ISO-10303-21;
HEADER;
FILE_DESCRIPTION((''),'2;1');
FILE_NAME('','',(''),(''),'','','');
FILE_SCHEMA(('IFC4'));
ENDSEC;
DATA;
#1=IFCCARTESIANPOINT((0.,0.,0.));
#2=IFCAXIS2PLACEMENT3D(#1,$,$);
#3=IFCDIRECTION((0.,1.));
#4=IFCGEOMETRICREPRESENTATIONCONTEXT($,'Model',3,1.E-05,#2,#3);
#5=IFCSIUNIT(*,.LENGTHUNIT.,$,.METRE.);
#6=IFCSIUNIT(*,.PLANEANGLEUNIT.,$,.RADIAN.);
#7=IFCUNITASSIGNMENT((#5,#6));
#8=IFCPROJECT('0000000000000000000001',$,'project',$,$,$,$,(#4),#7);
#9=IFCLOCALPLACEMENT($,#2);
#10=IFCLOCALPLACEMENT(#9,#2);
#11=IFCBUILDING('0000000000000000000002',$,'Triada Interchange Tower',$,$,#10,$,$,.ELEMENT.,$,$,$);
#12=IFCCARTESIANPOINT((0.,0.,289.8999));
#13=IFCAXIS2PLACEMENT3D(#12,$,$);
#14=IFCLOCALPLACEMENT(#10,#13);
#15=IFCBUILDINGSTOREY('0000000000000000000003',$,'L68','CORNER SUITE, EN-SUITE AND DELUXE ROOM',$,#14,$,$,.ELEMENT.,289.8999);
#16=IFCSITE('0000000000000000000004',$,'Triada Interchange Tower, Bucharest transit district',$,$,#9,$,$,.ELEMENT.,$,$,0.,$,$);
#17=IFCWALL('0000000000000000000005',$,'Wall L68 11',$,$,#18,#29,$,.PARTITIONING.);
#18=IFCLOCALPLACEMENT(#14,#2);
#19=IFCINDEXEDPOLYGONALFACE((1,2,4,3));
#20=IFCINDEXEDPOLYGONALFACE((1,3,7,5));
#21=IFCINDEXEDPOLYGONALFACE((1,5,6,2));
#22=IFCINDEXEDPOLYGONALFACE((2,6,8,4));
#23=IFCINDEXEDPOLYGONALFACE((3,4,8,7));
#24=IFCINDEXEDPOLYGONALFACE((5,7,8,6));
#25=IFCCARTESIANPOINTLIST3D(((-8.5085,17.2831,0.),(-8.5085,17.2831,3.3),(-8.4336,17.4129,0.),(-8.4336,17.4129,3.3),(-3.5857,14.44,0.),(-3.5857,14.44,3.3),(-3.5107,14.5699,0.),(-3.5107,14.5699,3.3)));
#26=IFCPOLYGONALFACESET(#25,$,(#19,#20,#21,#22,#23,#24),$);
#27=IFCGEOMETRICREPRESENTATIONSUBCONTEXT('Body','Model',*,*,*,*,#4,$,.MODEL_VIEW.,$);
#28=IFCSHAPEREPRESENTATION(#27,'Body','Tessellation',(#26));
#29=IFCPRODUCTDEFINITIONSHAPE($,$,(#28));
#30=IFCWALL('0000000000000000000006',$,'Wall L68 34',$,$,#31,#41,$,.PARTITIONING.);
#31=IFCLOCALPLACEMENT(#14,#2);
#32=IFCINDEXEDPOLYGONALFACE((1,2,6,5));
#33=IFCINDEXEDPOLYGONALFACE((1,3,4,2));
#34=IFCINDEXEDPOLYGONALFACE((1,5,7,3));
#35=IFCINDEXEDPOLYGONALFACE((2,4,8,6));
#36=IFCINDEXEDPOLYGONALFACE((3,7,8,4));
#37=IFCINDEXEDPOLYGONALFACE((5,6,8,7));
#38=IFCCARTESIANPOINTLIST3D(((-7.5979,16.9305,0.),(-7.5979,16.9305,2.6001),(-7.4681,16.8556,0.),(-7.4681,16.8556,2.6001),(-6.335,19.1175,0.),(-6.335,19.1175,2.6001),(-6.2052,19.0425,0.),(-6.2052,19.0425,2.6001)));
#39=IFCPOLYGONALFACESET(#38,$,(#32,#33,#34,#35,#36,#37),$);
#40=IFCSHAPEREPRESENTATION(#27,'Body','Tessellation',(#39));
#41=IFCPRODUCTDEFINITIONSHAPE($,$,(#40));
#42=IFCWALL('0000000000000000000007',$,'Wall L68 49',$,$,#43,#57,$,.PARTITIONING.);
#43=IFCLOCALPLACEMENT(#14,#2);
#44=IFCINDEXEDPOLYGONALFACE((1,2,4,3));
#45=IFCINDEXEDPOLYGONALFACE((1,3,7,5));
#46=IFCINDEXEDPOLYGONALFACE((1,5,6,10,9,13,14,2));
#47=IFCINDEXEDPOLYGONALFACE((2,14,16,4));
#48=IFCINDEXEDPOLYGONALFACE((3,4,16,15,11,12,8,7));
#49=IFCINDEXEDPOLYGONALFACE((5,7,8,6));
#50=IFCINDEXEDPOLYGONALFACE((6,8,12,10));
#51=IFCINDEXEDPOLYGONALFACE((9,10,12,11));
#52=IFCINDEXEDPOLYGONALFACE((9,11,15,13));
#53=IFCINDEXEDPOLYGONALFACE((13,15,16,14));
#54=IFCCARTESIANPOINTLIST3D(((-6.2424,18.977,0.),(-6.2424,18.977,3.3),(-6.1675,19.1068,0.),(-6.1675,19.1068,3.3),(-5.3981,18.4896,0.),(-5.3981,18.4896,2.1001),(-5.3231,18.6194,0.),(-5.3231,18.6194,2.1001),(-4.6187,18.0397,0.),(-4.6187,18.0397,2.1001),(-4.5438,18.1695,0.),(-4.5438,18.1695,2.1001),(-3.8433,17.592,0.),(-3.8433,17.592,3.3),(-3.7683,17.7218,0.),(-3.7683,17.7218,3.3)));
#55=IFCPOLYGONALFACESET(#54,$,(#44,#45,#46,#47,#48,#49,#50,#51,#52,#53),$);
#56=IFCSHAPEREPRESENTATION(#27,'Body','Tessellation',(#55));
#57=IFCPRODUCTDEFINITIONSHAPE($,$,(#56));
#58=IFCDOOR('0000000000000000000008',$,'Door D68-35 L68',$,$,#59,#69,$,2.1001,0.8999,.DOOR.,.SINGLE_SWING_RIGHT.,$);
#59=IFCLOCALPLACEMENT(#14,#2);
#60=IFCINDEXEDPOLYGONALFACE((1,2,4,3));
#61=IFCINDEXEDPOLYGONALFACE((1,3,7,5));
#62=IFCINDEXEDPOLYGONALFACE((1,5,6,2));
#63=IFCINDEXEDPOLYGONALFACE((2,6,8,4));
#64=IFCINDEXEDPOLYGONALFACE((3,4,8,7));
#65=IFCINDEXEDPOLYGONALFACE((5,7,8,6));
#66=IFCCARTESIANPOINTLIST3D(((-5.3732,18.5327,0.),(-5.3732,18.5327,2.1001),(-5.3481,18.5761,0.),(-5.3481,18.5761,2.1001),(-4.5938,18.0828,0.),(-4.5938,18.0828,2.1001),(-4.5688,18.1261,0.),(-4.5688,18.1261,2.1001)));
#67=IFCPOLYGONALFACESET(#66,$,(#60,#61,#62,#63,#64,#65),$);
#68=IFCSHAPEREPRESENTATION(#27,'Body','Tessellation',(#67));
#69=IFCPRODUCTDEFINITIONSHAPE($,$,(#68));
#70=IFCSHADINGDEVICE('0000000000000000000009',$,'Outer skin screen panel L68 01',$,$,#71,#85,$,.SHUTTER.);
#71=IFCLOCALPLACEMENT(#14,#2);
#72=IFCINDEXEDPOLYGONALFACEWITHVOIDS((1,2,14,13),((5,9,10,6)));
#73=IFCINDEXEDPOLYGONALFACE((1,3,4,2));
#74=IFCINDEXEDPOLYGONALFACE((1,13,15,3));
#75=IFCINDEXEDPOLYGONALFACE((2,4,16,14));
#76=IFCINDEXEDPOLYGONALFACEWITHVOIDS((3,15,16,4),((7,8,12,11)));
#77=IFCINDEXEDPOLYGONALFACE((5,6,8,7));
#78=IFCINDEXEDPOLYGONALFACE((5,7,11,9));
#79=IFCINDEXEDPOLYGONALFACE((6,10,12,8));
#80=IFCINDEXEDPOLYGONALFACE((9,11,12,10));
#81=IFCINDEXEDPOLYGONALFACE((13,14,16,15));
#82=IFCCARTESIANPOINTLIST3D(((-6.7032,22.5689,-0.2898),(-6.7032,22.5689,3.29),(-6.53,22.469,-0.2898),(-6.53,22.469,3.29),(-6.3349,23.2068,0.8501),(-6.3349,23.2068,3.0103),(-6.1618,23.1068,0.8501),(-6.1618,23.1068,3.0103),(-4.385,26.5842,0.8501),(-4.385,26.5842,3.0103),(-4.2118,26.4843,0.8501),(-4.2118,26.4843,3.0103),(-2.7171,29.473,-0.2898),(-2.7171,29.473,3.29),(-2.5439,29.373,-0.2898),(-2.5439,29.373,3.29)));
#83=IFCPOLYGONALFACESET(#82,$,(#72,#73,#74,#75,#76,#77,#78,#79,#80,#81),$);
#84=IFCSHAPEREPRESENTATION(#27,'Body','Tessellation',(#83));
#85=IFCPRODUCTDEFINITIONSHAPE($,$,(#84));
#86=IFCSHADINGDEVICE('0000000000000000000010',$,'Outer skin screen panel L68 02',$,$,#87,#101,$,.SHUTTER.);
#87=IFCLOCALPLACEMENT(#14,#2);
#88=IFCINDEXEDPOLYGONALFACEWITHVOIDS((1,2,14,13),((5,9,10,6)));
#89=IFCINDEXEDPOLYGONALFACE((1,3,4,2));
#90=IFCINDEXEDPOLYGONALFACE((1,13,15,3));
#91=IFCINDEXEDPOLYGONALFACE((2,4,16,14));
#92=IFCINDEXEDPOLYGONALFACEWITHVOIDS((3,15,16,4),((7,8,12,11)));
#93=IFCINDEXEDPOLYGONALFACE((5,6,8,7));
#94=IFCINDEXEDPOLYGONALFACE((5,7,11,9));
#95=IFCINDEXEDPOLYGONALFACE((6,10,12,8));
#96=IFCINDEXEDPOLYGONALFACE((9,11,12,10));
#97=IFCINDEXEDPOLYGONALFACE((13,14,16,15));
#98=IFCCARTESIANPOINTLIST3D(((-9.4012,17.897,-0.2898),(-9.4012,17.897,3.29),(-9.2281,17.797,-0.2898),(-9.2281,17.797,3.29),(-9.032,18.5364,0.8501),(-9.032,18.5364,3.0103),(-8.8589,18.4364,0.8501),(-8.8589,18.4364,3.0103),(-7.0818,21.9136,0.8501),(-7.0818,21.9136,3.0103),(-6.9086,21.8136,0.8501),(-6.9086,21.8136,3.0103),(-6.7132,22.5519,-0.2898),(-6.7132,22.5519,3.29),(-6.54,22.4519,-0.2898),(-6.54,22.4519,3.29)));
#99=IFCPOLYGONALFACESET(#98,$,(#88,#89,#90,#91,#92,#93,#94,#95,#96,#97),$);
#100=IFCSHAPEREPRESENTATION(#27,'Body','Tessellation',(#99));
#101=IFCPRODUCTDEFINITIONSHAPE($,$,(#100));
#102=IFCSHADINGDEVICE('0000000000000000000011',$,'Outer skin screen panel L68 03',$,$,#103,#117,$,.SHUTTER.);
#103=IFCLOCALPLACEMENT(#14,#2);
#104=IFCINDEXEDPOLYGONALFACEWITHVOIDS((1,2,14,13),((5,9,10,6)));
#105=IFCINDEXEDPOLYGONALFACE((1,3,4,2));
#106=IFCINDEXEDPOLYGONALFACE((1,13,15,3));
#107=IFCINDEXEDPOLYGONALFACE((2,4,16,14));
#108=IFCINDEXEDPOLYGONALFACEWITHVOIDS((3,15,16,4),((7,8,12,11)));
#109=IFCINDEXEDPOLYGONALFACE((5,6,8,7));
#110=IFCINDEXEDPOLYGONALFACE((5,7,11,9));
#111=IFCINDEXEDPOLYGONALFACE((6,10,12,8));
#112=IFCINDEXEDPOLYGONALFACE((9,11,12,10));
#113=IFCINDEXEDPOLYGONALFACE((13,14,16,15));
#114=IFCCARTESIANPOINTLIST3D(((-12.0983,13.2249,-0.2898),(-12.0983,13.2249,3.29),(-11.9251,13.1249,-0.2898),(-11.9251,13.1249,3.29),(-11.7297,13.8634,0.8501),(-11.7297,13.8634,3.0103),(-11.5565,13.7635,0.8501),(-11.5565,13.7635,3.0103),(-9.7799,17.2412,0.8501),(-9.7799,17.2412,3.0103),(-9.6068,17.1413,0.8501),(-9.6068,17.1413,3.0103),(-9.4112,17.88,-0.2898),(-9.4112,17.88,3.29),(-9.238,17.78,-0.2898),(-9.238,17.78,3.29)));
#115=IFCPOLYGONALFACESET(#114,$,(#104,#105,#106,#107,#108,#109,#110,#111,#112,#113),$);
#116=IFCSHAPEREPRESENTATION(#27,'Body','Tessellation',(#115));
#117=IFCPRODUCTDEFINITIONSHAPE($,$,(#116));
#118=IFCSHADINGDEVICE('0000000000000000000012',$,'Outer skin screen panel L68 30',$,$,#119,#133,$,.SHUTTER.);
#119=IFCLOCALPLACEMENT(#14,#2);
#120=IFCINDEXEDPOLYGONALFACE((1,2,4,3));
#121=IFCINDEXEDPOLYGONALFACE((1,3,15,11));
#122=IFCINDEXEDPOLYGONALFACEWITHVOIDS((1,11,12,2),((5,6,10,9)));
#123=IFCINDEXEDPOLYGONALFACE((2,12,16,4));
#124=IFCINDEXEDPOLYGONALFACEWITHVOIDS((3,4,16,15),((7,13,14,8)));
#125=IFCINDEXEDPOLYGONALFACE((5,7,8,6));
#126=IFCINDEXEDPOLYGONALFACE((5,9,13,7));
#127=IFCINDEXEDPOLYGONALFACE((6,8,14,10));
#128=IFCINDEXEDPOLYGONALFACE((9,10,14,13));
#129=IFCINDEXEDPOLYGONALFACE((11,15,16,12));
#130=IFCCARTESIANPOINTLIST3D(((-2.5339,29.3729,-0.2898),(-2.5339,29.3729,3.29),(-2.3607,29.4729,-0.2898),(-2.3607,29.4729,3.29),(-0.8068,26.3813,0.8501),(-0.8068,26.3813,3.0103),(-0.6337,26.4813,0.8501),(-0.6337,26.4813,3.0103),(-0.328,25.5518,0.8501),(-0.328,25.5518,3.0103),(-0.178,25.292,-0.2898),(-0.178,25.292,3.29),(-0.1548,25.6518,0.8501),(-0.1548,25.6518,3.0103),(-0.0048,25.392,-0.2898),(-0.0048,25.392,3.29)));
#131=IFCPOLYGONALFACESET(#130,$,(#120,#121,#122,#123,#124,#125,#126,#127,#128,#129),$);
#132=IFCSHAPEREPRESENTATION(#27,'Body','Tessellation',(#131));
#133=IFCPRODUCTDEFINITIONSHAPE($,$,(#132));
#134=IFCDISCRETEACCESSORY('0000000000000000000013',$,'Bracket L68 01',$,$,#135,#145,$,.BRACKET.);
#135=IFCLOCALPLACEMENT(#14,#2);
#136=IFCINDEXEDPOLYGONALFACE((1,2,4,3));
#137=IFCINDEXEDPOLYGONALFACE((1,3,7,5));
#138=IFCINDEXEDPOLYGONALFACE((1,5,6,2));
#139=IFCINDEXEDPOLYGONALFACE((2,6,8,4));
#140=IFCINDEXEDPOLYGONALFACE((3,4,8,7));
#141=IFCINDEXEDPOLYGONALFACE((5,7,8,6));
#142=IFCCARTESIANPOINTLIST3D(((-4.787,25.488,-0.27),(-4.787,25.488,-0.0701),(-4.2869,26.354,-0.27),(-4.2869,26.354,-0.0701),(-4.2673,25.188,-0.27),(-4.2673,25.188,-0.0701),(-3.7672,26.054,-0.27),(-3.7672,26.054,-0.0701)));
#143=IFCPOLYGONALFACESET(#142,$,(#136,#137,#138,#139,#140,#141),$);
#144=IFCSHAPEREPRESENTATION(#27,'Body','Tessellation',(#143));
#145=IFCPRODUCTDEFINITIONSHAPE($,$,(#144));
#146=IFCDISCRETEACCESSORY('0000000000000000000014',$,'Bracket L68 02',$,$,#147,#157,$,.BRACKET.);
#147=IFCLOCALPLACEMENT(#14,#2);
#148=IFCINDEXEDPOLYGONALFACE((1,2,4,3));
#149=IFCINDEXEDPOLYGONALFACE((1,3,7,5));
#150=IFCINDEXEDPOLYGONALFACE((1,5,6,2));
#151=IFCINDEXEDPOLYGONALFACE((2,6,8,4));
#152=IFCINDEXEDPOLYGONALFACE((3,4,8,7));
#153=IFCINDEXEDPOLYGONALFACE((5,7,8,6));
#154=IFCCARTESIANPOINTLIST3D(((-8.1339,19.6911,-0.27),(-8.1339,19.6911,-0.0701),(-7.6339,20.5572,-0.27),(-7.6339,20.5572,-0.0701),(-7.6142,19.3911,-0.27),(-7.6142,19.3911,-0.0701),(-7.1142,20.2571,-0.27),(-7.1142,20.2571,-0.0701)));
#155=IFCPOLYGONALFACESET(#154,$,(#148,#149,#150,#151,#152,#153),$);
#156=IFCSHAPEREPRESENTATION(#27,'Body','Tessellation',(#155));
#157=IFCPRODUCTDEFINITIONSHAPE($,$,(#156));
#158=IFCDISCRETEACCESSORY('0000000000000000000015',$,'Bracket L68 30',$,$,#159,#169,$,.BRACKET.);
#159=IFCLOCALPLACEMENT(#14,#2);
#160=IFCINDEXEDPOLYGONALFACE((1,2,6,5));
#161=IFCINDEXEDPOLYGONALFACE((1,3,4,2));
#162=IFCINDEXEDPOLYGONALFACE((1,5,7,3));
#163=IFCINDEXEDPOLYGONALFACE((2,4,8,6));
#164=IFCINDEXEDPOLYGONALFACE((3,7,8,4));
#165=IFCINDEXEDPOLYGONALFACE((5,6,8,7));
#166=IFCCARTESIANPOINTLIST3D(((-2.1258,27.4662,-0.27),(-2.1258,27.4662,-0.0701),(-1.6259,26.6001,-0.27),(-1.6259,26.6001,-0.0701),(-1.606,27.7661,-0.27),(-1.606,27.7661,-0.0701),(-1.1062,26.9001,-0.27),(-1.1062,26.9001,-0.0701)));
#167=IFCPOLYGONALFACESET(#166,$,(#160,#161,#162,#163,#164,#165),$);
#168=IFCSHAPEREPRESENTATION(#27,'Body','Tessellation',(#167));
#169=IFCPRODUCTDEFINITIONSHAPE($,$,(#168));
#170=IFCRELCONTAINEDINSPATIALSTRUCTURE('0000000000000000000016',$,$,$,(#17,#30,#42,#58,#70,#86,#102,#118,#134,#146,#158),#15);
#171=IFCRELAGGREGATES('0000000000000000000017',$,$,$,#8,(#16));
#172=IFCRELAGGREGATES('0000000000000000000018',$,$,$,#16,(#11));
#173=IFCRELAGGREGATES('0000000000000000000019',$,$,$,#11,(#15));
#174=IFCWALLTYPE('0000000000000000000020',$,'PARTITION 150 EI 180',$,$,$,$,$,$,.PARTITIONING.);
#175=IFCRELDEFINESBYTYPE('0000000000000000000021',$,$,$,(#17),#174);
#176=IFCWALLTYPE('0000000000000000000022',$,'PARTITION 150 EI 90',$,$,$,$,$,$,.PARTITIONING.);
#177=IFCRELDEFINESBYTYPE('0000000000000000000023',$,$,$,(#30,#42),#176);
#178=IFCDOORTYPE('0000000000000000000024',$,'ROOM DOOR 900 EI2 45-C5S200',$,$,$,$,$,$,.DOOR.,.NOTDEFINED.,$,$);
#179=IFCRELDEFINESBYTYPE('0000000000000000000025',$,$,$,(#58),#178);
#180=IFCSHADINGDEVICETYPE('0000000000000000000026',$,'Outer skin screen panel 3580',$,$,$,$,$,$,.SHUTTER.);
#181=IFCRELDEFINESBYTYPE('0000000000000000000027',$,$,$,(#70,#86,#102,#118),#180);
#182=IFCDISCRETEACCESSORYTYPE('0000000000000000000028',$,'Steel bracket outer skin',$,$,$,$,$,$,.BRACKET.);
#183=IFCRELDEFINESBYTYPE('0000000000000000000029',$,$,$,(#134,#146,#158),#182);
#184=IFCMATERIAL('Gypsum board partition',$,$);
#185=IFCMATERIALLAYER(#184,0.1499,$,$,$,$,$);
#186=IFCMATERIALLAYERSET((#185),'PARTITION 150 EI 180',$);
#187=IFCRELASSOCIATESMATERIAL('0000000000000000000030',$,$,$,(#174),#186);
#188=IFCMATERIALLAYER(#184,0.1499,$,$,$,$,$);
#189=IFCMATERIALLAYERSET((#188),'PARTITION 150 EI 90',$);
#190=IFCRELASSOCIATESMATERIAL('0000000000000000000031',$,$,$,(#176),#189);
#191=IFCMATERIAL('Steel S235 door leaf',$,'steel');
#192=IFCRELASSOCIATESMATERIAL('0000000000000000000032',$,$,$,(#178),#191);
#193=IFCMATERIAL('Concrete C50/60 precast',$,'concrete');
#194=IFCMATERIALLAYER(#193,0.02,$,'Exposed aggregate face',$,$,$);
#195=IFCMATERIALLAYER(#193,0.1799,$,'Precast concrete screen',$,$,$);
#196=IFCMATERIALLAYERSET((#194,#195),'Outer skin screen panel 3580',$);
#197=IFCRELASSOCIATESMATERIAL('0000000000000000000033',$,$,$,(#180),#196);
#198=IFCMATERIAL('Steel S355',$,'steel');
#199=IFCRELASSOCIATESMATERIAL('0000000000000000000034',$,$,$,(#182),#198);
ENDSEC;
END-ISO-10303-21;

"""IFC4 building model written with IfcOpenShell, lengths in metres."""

from ifc_helpers import new_model, si_unit, direction, frame, frame_2d, origin, origin_2d, place, context, subcontext, project, spatial, polyline, rectangle, outline, extrude, material, layer, layer_set, type_object, element, fill, save


model = new_model("IFC4")

# Units and contexts
model_context = context("Model", 3, precision=1e-05, world=origin(), true_north=direction((0.0, 1.0)))
body_context = subcontext(model_context, "Body", "Model", "MODEL_VIEW")
ifc_project = project(units=[si_unit("LENGTHUNIT", "METRE"), si_unit("PLANEANGLEUNIT", "RADIAN")], contexts=[model_context])

# Site, building, storey
site_placement = place(None, origin())
site = spatial("IfcSite", under=ifc_project, at=site_placement, Name="Triada Interchange Tower, Bucharest transit district", CompositionType="ELEMENT", RefElevation=0.0)
building_placement = place(site_placement, origin())
building = spatial("IfcBuilding", under=site, at=building_placement, Name="Triada Interchange Tower", CompositionType="ELEMENT")
storey_placement = place(building_placement, frame((0.0, 0.0, 289.8999)))
storey = spatial("IfcBuildingStorey", under=building, at=storey_placement, Name="L68", Description="CORNER SUITE, EN-SUITE AND DELUXE ROOM", CompositionType="ELEMENT", Elevation=289.8999)

# Walls
ifc_material_1 = material(Name="Gypsum board partition")
ifc_layer_1 = layer(ifc_material_1, 0.1499)
ifc_layer_set_1 = layer_set([ifc_layer_1], Name="PARTITION 150 EI 180")
wall_type_1 = type_object("IfcWallType", Name="PARTITION 150 EI 180", PredefinedType="PARTITIONING", material=ifc_layer_set_1)
wall_1_placement = place(storey_placement, frame((-8.4709, 17.3479, 0.0), z_axis=(0.0, 0.0, 1.0), x_axis=(0.865964, -0.500107, 0.0)))
element("IfcWall", 1, at=wall_1_placement, inside=storey, type_object=wall_type_1, Name="Wall L68 11", PredefinedType="PARTITIONING", context=body_context, shape_type="SweptSolid", body=[
    extrude(rectangle(XDim=5.6848, YDim=0.1499, at=frame_2d((2.8423, 0.0))), origin(), (0.0, 0.0, 1.0), 3.3),
])
ifc_layer_2 = layer(ifc_material_1, 0.1499)
ifc_layer_set_2 = layer_set([ifc_layer_2], Name="PARTITION 150 EI 90")
wall_type_2 = type_object("IfcWallType", Name="PARTITION 150 EI 90", PredefinedType="PARTITIONING", material=ifc_layer_set_2)
wall_2_placement = place(storey_placement, frame((-7.533, 16.8931, 0.0), z_axis=(0.0, 0.0, 1.0), x_axis=(0.500079, 0.86598, 0.0)))
element("IfcWall", 2, at=wall_2_placement, inside=storey, type_object=wall_type_2, Name="Wall L68 34", PredefinedType="PARTITIONING", context=body_context, shape_type="SweptSolid", body=[
    extrude(rectangle(XDim=2.5254, YDim=0.1499, at=frame_2d((1.2627, 0.0))), origin(), (0.0, 0.0, 1.0), 2.6001),
])

# Wall, opening, door
wall_3_placement = place(storey_placement, frame((-6.2051, 19.042, 0.0), z_axis=(0.0, 0.0, 1.0), x_axis=(0.866049, -0.499959, 0.0)))
wall_3 = element("IfcWall", 3, at=wall_3_placement, inside=storey, type_object=wall_type_2, Name="Wall L68 49", PredefinedType="PARTITIONING", context=body_context, shape_type="SweptSolid", body=[
    extrude(rectangle(XDim=2.7703, YDim=0.1499, at=frame_2d((1.3853, 0.0))), origin(), (0.0, 0.0, 1.0), 3.3),
])
opening_1_placement = place(wall_3_placement, frame((0.9751, 0.0, 0.0)))
opening_1 = element("IfcOpeningElement", 4, at=opening_1_placement, cuts=wall_3, PredefinedType="OPENING", context=body_context, shape_type="SweptSolid", body=[
    extrude(rectangle(XDim=0.8999, YDim=2.1001, at=frame_2d((0.45, 1.05))), frame((0.0, 0.085, 0.0), z_axis=(0.0, -1.0, 0.0), x_axis=(1.0, 0.0, 0.0)), (0.0, 0.0, 1.0), 0.1699),
])
ifc_material_2 = material(Name="Steel S235 door leaf", Category="steel")
door_type = type_object("IfcDoorType", Name="ROOM DOOR 900 EI2 45-C5S200", OperationType="NOTDEFINED", PredefinedType="DOOR", material=ifc_material_2)
door_placement = place(opening_1_placement, origin())
door = element("IfcDoor", 5, at=door_placement, inside=storey, type_object=door_type, Name="Door D68-35 L68", OperationType="SINGLE_SWING_RIGHT", OverallHeight=2.1001, OverallWidth=0.8999, PredefinedType="DOOR", context=body_context, shape_type="SweptSolid", body=[
    extrude(rectangle(XDim=0.8999, YDim=2.1001, at=frame_2d((0.45, 1.05))), frame((0.0, 0.0249, 0.0), z_axis=(0.0, -1.0, 0.0), x_axis=(1.0, 0.0, 0.0)), (0.0, 0.0, 1.0), 0.05),
])
fill(opening_1, door)

# Shading devices
ifc_material_3 = material(Name="Concrete C50/60 precast", Category="concrete")
ifc_layer_3 = layer(ifc_material_3, 0.02, Name="Exposed aggregate face")
ifc_layer_4 = layer(ifc_material_3, 0.1799, Name="Precast concrete screen")
ifc_layer_set_3 = layer_set([ifc_layer_3, ifc_layer_4], Name="Outer skin screen panel 3580")
shading_device_type = type_object("IfcShadingDeviceType", Name="Outer skin screen panel 3580", PredefinedType="SHUTTER", material=ifc_layer_set_3)
shading_device_1_placement = place(storey_placement, frame((-2.5439, 29.373, -0.2898), z_axis=(0.0, 0.0, 1.0), x_axis=(-0.500003, -0.866024, 0.0)))
element("IfcShadingDevice", 6, at=shading_device_1_placement, inside=storey, type_object=shading_device_type, Name="Outer skin screen panel L68 01", PredefinedType="SHUTTER", context=body_context, shape_type="SweptSolid", body=[
    extrude(outline(polyline([(0.0, 0.0), (7.9722, 0.0), (7.9722, 3.5798), (0.0, 3.5798), (0.0, 0.0)]), holes=[polyline([(3.3357, 1.1399), (3.3357, 3.3), (7.2356, 3.3), (7.2356, 1.1399), (3.3357, 1.1399)])]), frame((0.0, 0.0, 0.0), z_axis=(0.0, -1.0, 0.0), x_axis=(1.0, 0.0, 0.0)), (0.0, 0.0, 1.0), 0.2),
])
shading_device_2_placement = place(storey_placement, frame((-6.54, 22.4519, -0.2898), z_axis=(0.0, 0.0, 1.0), x_axis=(-0.500076, -0.865981, 0.0)))
element("IfcShadingDevice", 7, at=shading_device_2_placement, inside=storey, type_object=shading_device_type, Name="Outer skin screen panel L68 02", PredefinedType="SHUTTER", context=body_context, shape_type="SweptSolid", body=[
    extrude(outline(polyline([(0.0, 0.0), (5.3752, 0.0), (5.3752, 3.5798), (0.0, 3.5798), (0.0, 0.0)]), holes=[polyline([(0.7371, 1.1399), (0.7371, 3.3), (4.637, 3.3), (4.637, 1.1399), (0.7371, 1.1399)])]), frame((0.0, 0.0, 0.0), z_axis=(0.0, -1.0, 0.0), x_axis=(1.0, 0.0, 0.0)), (0.0, 0.0, 1.0), 0.2),
])
shading_device_3_placement = place(storey_placement, frame((-9.238, 17.78, -0.2898), z_axis=(0.0, 0.0, 1.0), x_axis=(-0.49992, -0.866071, 0.0)))
element("IfcShadingDevice", 8, at=shading_device_3_placement, inside=storey, type_object=shading_device_type, Name="Outer skin screen panel L68 03", PredefinedType="SHUTTER", context=body_context, shape_type="SweptSolid", body=[
    extrude(outline(polyline([(0.0, 0.0), (5.375, 0.0), (5.375, 3.5798), (0.0, 3.5798), (0.0, 0.0)]), holes=[polyline([(0.7375, 1.1399), (0.7375, 3.3), (4.6377, 3.3), (4.6377, 1.1399), (0.7375, 1.1399)])]), frame((0.0, 0.0, 0.0), z_axis=(0.0, -1.0, 0.0), x_axis=(1.0, 0.0, 0.0)), (0.0, 0.0, 1.0), 0.2),
])
shading_device_4_placement = place(storey_placement, frame((-0.178, 25.292, -0.2898), z_axis=(0.0, 0.0, 1.0), x_axis=(-0.499962, 0.866048, 0.0)))
element("IfcShadingDevice", 9, at=shading_device_4_placement, inside=storey, type_object=shading_device_type, Name="Outer skin screen panel L68 30", PredefinedType="SHUTTER", context=body_context, shape_type="SweptSolid", body=[
    extrude(outline(polyline([(0.0, 0.0), (4.7122, 0.0), (4.7122, 3.5798), (0.0, 3.5798), (0.0, 0.0)]), holes=[polyline([(0.3, 1.1399), (0.3, 3.3), (1.2578, 3.3), (1.2578, 1.1399), (0.3, 1.1399)])]), frame((0.0, 0.0, 0.0), z_axis=(0.0, -1.0, 0.0), x_axis=(1.0, 0.0, 0.0)), (0.0, 0.0, 1.0), 0.2),
])

# Discrete accessories
ifc_material_4 = material(Name="Steel S355", Category="steel")
discrete_accessory_type = type_object("IfcDiscreteAccessoryType", Name="Steel bracket outer skin", PredefinedType="BRACKET", material=ifc_material_4)
for number, where, z_axis, x_axis, name in (
    (10, (-4.2771, 25.771, -0.27), (0.0, 0.0, 1.0), (-0.866023, 0.500004, 0.0), "Bracket L68 01"),
    (11, (-7.624, 19.9741, -0.27), (0.0, 0.0, 1.0), (-0.866023, 0.500004, 0.0), "Bracket L68 02"),
    (12, (-1.616, 27.1831, -0.27), (0.0, 0.0, 1.0), (0.866091, 0.499887, 0.0), "Bracket L68 30"),
):
    element("IfcDiscreteAccessory", number, at=place(storey_placement, frame(where, z_axis=z_axis, x_axis=x_axis)), inside=storey, type_object=discrete_accessory_type, Name=name, PredefinedType="BRACKET", context=body_context, shape_type="SweptSolid", body=[
        extrude(rectangle(XDim=0.6001, YDim=1.0, at=origin_2d()), origin(), (0.0, 0.0, 1.0), 0.2),
    ])

save(model, "model.ifc")
